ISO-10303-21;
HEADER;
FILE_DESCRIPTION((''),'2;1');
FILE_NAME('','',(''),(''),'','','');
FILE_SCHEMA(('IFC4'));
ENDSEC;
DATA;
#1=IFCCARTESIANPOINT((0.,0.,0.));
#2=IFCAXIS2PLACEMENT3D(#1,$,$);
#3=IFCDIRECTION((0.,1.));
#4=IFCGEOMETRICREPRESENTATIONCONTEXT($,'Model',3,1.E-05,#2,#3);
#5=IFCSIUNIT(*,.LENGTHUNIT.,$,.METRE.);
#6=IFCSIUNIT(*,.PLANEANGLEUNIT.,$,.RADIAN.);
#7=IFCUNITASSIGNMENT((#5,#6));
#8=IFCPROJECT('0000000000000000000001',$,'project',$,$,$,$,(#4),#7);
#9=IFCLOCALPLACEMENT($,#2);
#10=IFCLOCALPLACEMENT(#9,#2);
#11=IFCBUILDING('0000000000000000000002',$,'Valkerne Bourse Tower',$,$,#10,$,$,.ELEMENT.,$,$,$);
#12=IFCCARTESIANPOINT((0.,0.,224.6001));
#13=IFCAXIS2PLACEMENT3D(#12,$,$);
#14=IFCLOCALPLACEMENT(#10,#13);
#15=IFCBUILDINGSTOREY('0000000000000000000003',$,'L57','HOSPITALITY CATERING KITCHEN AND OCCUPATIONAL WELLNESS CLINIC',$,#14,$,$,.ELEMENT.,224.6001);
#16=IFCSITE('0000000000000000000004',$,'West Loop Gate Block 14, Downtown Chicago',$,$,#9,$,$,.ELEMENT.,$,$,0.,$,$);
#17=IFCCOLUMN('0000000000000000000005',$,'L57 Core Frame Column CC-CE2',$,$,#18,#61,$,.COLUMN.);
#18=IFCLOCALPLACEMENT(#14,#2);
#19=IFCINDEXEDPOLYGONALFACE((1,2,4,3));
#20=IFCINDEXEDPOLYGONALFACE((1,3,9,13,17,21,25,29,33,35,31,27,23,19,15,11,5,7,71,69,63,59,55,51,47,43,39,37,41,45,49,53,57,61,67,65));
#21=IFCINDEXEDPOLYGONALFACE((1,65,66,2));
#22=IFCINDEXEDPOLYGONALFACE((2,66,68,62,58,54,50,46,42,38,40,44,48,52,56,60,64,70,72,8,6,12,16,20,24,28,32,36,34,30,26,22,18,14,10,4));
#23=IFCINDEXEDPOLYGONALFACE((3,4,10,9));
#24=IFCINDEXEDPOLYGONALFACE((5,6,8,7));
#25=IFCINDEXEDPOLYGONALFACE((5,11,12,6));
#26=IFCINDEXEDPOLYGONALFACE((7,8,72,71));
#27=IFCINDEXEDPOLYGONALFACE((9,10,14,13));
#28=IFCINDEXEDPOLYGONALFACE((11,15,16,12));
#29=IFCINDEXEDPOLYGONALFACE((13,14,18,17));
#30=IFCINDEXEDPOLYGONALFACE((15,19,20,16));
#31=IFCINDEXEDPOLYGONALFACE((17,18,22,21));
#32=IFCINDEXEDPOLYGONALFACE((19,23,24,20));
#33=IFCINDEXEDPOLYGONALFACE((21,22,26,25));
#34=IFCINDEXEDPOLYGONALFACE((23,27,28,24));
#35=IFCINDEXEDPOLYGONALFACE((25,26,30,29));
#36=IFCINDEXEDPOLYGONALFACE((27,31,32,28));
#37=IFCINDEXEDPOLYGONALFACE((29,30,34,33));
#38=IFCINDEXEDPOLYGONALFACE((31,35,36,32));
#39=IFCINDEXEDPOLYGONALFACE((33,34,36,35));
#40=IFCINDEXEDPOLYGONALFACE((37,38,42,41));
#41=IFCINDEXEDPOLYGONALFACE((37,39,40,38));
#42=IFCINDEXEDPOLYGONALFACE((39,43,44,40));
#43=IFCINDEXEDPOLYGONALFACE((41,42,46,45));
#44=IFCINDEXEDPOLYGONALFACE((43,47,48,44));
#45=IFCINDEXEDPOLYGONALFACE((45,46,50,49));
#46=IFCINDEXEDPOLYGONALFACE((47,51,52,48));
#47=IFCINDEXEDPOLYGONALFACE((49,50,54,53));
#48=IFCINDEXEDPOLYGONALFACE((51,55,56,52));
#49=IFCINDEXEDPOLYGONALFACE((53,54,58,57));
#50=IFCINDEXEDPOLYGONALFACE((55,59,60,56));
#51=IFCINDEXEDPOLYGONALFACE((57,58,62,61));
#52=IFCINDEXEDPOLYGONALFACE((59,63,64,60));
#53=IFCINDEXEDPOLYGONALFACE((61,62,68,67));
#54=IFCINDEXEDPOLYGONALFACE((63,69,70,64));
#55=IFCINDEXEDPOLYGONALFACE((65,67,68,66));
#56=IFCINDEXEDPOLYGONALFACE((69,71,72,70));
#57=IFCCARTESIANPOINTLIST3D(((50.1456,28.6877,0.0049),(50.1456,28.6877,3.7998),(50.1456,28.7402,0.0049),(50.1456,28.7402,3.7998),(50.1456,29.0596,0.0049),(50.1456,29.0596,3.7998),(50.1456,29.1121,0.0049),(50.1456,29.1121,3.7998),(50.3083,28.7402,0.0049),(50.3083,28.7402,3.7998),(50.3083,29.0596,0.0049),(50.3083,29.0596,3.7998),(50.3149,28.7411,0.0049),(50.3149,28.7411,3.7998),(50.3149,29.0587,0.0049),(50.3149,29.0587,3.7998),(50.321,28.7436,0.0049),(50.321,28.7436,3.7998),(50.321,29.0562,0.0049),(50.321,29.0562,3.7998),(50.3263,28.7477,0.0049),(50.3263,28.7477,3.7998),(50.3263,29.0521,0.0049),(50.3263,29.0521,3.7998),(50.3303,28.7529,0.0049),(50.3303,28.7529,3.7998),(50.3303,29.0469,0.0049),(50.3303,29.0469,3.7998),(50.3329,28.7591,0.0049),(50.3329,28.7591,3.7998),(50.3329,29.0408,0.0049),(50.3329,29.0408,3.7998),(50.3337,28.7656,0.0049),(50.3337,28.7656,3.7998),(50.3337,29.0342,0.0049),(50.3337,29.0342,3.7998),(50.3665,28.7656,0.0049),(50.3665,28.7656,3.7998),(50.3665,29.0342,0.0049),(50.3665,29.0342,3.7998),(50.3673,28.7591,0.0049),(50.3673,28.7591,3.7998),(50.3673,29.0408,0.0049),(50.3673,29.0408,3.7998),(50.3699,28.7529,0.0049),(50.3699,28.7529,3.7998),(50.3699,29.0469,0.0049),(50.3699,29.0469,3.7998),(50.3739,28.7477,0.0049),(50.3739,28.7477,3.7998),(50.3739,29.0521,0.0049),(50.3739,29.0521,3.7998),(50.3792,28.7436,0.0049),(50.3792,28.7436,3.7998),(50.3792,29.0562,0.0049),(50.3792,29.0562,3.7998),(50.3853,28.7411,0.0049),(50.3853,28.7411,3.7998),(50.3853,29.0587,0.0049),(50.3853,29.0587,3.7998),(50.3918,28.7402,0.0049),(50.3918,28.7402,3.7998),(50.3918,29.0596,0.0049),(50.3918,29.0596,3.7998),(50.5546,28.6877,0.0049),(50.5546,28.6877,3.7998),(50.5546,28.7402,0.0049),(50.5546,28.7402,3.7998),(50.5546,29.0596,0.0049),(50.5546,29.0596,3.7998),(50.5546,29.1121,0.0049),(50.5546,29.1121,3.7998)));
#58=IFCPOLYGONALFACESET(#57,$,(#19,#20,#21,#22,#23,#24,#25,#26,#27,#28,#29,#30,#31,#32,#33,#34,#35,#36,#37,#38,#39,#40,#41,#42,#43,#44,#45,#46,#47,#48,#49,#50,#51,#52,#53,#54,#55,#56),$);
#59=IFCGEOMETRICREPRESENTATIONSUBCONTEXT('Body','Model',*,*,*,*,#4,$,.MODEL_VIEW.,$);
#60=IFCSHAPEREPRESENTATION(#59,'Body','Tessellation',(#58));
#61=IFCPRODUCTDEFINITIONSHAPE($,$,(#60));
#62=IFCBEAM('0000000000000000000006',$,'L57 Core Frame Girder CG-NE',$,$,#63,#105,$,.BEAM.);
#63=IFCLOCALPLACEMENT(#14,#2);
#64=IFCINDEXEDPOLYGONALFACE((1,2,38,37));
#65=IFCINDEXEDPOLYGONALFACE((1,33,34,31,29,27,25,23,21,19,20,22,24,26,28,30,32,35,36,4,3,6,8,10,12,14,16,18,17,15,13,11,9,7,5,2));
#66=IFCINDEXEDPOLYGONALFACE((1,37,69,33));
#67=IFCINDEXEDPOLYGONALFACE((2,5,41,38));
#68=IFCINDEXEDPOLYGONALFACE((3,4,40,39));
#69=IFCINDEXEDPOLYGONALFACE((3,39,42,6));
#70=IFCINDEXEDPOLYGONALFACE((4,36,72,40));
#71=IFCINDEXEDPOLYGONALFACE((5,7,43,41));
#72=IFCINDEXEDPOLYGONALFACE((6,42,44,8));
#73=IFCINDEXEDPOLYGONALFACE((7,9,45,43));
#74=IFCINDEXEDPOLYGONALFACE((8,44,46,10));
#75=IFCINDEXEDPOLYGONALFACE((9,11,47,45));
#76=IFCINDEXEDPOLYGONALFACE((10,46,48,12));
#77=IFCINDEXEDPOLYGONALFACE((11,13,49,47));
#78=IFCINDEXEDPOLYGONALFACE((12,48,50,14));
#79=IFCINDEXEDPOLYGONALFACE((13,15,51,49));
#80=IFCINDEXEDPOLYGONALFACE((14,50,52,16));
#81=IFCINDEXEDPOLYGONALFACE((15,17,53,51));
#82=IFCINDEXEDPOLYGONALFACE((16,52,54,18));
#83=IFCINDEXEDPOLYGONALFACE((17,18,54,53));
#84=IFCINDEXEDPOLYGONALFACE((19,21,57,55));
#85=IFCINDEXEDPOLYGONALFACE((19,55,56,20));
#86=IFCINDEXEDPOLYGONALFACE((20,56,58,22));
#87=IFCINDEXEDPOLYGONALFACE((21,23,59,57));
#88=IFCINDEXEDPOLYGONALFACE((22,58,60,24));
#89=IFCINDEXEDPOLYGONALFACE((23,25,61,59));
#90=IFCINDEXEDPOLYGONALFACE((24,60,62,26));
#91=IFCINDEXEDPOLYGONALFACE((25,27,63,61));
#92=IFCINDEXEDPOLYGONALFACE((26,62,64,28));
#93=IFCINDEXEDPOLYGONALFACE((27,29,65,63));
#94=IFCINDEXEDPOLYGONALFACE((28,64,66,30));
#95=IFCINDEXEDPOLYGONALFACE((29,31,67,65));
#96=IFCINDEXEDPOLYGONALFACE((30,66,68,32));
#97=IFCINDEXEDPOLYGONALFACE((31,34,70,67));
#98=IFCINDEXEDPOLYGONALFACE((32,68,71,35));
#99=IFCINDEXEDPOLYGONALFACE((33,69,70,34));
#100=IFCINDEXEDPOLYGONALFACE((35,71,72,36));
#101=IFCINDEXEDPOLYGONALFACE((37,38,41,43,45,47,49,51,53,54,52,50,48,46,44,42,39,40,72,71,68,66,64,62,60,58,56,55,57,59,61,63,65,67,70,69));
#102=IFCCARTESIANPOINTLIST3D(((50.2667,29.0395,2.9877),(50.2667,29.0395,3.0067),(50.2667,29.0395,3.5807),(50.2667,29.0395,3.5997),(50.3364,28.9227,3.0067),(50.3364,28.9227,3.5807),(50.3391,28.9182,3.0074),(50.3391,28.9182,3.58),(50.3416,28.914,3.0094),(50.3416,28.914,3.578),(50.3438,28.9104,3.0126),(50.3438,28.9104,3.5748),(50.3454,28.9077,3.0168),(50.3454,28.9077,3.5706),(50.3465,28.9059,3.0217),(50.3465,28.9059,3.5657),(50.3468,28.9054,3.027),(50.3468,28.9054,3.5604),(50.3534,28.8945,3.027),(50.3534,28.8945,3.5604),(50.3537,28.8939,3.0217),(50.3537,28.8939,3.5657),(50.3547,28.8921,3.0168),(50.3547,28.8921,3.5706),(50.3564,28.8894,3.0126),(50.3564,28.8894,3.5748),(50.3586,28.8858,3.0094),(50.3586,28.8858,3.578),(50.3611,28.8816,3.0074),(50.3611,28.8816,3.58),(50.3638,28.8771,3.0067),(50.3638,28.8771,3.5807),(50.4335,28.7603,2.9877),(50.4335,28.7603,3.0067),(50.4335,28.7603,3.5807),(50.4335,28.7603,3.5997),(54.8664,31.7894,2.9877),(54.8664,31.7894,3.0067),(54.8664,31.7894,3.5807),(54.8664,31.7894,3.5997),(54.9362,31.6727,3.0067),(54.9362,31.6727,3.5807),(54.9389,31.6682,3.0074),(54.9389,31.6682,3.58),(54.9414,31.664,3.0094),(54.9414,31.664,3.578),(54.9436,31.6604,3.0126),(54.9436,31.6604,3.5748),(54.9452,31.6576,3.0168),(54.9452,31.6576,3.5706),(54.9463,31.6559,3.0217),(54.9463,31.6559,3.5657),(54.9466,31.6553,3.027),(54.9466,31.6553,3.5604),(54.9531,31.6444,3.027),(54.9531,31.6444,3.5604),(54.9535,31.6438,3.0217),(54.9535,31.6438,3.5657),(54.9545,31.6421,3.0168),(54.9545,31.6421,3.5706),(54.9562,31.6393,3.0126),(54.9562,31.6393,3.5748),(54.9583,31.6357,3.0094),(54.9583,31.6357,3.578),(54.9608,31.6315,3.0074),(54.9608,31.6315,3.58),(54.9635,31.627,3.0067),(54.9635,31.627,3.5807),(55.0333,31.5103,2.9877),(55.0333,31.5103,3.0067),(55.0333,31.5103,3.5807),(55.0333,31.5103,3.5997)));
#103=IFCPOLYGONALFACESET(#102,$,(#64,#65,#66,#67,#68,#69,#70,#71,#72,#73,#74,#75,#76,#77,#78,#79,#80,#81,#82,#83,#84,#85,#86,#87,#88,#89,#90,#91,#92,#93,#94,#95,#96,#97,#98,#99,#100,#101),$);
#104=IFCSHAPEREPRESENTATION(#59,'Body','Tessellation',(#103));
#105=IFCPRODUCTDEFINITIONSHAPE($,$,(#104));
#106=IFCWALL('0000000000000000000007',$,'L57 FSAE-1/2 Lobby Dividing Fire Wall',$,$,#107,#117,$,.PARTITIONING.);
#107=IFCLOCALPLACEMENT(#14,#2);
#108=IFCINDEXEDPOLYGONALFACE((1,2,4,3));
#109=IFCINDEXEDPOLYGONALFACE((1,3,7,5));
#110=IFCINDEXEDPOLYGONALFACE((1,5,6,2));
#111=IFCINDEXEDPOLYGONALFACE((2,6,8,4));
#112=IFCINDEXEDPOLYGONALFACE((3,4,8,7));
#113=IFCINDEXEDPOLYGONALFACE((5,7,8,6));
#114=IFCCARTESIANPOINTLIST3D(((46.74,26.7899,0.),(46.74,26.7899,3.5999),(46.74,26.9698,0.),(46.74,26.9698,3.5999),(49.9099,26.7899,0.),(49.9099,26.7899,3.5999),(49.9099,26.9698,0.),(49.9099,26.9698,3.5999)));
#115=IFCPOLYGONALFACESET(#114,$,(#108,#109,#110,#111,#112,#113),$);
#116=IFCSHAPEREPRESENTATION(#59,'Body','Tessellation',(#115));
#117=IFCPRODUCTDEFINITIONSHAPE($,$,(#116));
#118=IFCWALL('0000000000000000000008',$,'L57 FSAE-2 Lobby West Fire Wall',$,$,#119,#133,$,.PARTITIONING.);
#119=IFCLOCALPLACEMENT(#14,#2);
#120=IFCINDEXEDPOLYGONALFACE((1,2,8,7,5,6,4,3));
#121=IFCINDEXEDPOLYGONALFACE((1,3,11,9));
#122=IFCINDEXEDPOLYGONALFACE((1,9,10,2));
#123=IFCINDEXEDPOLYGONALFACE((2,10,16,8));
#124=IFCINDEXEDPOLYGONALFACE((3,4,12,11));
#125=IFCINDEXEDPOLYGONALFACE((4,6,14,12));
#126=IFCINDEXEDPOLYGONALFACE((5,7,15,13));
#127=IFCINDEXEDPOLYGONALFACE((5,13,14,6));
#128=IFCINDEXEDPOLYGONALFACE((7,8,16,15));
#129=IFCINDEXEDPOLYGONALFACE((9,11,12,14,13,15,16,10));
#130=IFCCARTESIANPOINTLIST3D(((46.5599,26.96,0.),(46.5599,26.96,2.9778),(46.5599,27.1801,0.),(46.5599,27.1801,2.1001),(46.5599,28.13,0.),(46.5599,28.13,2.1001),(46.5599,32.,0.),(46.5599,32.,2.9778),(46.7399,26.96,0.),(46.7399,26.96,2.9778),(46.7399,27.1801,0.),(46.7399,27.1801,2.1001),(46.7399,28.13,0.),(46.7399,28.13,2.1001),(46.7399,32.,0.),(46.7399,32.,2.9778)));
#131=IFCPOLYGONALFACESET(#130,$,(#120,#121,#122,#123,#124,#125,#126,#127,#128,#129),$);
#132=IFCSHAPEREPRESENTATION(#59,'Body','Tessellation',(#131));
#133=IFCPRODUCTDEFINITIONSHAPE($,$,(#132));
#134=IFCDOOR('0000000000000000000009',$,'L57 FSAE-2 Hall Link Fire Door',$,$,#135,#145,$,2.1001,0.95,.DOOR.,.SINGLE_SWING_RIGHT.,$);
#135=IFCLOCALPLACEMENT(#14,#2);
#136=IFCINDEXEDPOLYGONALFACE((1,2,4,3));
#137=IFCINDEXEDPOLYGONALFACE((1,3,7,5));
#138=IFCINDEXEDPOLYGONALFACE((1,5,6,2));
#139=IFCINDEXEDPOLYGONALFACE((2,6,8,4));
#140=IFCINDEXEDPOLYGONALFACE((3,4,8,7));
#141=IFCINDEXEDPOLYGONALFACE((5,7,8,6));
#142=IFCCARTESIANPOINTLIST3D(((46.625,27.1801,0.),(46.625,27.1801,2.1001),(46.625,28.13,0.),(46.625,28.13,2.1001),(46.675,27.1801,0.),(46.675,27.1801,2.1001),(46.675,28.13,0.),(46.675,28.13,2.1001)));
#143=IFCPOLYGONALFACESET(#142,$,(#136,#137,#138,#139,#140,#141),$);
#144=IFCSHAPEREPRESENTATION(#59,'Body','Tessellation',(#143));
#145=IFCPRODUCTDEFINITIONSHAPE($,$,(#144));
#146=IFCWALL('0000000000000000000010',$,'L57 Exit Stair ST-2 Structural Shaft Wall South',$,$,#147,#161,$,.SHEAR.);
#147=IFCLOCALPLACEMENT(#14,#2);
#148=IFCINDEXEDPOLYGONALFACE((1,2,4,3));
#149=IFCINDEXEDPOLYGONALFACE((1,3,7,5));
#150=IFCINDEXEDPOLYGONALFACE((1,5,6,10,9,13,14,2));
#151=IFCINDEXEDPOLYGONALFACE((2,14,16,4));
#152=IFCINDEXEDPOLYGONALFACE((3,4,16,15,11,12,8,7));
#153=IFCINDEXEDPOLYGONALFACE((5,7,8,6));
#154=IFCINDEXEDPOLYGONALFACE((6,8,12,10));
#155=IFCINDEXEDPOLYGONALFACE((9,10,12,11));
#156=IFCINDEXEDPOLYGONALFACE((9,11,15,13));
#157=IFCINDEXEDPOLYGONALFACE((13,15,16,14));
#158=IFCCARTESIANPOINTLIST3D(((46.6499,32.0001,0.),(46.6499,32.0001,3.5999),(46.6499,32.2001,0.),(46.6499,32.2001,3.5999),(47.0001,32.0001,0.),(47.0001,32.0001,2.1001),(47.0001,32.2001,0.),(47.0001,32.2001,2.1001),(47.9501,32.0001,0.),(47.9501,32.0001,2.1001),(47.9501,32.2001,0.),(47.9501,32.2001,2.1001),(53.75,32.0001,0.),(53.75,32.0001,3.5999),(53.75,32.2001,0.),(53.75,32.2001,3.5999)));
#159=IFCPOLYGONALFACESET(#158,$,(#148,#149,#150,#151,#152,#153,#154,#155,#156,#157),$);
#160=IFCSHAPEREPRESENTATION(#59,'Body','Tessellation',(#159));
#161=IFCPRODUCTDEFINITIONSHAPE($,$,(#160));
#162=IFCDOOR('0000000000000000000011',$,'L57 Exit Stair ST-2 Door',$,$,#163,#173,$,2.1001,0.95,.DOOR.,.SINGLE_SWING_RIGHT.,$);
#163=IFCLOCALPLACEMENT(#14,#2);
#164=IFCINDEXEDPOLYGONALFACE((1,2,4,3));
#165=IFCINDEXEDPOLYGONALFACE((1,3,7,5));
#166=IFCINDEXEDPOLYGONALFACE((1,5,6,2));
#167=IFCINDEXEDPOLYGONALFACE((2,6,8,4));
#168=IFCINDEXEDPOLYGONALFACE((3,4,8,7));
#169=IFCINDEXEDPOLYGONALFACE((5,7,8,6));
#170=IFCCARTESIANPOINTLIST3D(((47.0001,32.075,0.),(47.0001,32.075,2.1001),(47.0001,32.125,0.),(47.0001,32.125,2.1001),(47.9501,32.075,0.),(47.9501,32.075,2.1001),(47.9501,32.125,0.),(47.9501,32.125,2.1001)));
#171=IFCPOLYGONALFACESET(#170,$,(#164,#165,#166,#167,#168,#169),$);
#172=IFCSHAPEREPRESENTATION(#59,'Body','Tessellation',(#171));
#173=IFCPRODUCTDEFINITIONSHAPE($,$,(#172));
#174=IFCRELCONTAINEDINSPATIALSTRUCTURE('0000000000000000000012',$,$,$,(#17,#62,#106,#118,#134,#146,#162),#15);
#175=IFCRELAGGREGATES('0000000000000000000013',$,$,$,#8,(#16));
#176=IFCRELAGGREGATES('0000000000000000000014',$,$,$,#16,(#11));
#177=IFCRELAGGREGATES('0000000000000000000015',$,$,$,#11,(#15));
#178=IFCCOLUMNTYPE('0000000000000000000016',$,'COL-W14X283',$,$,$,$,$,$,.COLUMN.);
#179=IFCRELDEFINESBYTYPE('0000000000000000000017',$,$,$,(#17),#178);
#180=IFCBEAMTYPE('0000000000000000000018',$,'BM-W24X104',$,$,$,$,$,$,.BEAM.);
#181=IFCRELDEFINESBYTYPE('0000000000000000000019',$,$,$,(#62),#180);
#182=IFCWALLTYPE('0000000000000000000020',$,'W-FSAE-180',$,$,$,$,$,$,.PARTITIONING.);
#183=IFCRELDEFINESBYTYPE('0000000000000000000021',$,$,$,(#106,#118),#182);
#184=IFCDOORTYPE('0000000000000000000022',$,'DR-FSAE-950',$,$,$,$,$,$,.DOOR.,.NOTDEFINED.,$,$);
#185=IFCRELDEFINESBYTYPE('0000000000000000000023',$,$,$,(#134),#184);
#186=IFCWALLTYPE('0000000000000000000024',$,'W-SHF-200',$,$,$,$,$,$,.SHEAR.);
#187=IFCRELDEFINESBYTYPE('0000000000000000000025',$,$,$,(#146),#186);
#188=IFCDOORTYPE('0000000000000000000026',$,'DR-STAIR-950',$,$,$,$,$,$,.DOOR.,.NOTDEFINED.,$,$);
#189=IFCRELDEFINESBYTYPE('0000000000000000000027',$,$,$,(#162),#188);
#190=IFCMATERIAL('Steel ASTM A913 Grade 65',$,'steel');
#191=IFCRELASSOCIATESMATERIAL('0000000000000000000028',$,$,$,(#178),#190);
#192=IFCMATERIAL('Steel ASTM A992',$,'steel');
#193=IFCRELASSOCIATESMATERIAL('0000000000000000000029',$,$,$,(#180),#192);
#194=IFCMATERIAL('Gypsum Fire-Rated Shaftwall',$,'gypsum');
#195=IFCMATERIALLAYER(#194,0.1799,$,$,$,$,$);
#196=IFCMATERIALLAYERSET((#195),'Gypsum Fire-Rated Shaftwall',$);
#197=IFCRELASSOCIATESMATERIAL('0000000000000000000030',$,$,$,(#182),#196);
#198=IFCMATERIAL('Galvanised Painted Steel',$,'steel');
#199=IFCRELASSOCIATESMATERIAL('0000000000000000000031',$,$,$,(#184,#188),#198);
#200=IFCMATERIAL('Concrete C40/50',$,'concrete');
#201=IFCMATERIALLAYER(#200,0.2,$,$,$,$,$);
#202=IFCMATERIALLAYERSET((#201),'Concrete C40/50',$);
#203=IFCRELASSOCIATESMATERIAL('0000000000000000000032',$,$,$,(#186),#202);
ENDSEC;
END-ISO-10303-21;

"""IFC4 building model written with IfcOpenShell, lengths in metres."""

from ifc_helpers import new_model, si_unit, direction, frame, frame_2d, origin, origin_2d, place, context, subcontext, project, spatial, rectangle, i_section, extrude, material, layer, layer_set, material_profile, profile_set, type_object, element, fill, save


model = new_model("IFC4")

# Units and contexts
model_context = context("Model", 3, precision=1e-05, world=origin(), true_north=direction((0.0, 1.0)))
body_context = subcontext(model_context, "Body", "Model", "MODEL_VIEW")
ifc_project = project(units=[si_unit("LENGTHUNIT", "METRE"), si_unit("PLANEANGLEUNIT", "RADIAN")], contexts=[model_context])

# Site, building, storey
site_placement = place(None, origin())
site = spatial("IfcSite", under=ifc_project, at=site_placement, Name="West Loop Gate Block 14, Downtown Chicago", CompositionType="ELEMENT", RefElevation=0.0)
building_placement = place(site_placement, origin())
building = spatial("IfcBuilding", under=site, at=building_placement, Name="Valkerne Bourse Tower", CompositionType="ELEMENT")
storey_placement = place(building_placement, frame((0.0, 0.0, 224.6001)))
storey = spatial("IfcBuildingStorey", under=building, at=storey_placement, Name="L57", Description="HOSPITALITY CATERING KITCHEN AND OCCUPATIONAL WELLNESS CLINIC", CompositionType="ELEMENT", Elevation=224.6001)

# Column
ifc_material_1 = material(Name="Steel ASTM A913 Grade 65", Category="steel")
ifc_material_profile_1 = material_profile(ifc_material_1, i_section(OverallWidth=0.4089, OverallDepth=0.4243, WebThickness=0.0327, FlangeThickness=0.0525, FilletRadius=0.0254, at=origin_2d()), Name="W14X283")
ifc_profile_set_1 = profile_set([ifc_material_profile_1], Name="Steel ASTM A913 Grade 65")
column_type = type_object("IfcColumnType", Name="COL-W14X283", PredefinedType="COLUMN", material=ifc_profile_set_1)
column_placement = place(storey_placement, frame((50.3501, 28.8999, 0.0049), z_axis=(0.0, 0.0, 1.0), x_axis=(1.0, 0.0, 0.0)))
element("IfcColumn", 1, at=column_placement, inside=storey, type_object=column_type, Name="L57 Core Frame Column CC-CE2", PredefinedType="COLUMN", context=body_context, shape_type="SweptSolid", body=[
    extrude(i_section(OverallWidth=0.4089, OverallDepth=0.4243, WebThickness=0.0327, FlangeThickness=0.0525, FilletRadius=0.0254, at=origin_2d()), origin(), (0.0, 0.0, 1.0), 3.7949),
])

# Beam
ifc_material_2 = material(Name="Steel ASTM A992", Category="steel")
ifc_material_profile_2 = material_profile(ifc_material_2, i_section(OverallWidth=0.3252, OverallDepth=0.6121, WebThickness=0.0127, FlangeThickness=0.019, FilletRadius=0.0203, at=origin_2d()), Name="W24X104")
ifc_profile_set_2 = profile_set([ifc_material_profile_2], Name="Steel ASTM A992")
beam_type = type_object("IfcBeamType", Name="BM-W24X104", PredefinedType="BEAM", material=ifc_profile_set_2)
beam_placement = place(storey_placement, frame((50.3501, 28.8999, 3.2937), z_axis=(0.858308, 0.513135, 0.0), x_axis=(-0.513135, 0.858308, 0.0)))
element("IfcBeam", 2, at=beam_placement, inside=storey, type_object=beam_type, Name="L57 Core Frame Girder CG-NE", PredefinedType="BEAM", context=body_context, shape_type="SweptSolid", body=[
    extrude(i_section(OverallWidth=0.3252, OverallDepth=0.6121, WebThickness=0.0127, FlangeThickness=0.019, FilletRadius=0.0203, at=origin_2d()), origin(), (0.0, 0.0, 1.0), 5.3591),
])

# Wall
ifc_material_3 = material(Name="Gypsum Fire-Rated Shaftwall", Category="gypsum")
ifc_layer_1 = layer(ifc_material_3, 0.1799)
ifc_layer_set_1 = layer_set([ifc_layer_1], Name="Gypsum Fire-Rated Shaftwall")
wall_type_1 = type_object("IfcWallType", Name="W-FSAE-180", PredefinedType="PARTITIONING", material=ifc_layer_set_1)
wall_1_placement = place(storey_placement, frame((46.74, 26.8799, 0.0), z_axis=(0.0, 0.0, 1.0), x_axis=(1.0, 0.0, 0.0)))
element("IfcWall", 3, at=wall_1_placement, inside=storey, type_object=wall_type_1, Name="L57 FSAE-1/2 Lobby Dividing Fire Wall", PredefinedType="PARTITIONING", context=body_context, shape_type="SweptSolid", body=[
    extrude(rectangle(XDim=3.1699, YDim=0.1799, at=frame_2d((1.585, 0.0))), origin(), (0.0, 0.0, 1.0), 3.5999),
])

# Wall, opening, door
wall_2_placement = place(storey_placement, frame((46.6499, 26.96, 0.0), z_axis=(0.0, 0.0, 1.0), x_axis=(0.0, 1.0, 0.0)))
wall_2 = element("IfcWall", 4, at=wall_2_placement, inside=storey, type_object=wall_type_1, Name="L57 FSAE-2 Lobby West Fire Wall", PredefinedType="PARTITIONING", context=body_context, shape_type="SweptSolid", body=[
    extrude(rectangle(XDim=5.04, YDim=0.1799, at=frame_2d((2.52, 0.0))), origin(), (0.0, 0.0, 1.0), 2.9778),
])
opening_1_placement = place(wall_2_placement, frame((0.22, 0.0, 0.0)))
opening_1 = element("IfcOpeningElement", 5, at=opening_1_placement, cuts=wall_2, PredefinedType="OPENING", context=body_context, shape_type="SweptSolid", body=[
    extrude(rectangle(XDim=0.95, YDim=2.1001, at=frame_2d((0.4751, 1.05))), frame((0.0, 0.0999, 0.0), z_axis=(0.0, -1.0, 0.0), x_axis=(1.0, 0.0, 0.0)), (0.0, 0.0, 1.0), 0.2),
])
ifc_material_4 = material(Name="Galvanised Painted Steel", Category="steel")
door_type_1 = type_object("IfcDoorType", Name="DR-FSAE-950", OperationType="NOTDEFINED", PredefinedType="DOOR", material=ifc_material_4)
door_1_placement = place(opening_1_placement, origin())
door_1 = element("IfcDoor", 6, at=door_1_placement, inside=storey, type_object=door_type_1, Name="L57 FSAE-2 Hall Link Fire Door", OperationType="SINGLE_SWING_RIGHT", OverallHeight=2.1001, OverallWidth=0.95, PredefinedType="DOOR", context=body_context, shape_type="SweptSolid", body=[
    extrude(rectangle(XDim=0.95, YDim=2.1001, at=frame_2d((0.4751, 1.05))), frame((0.0, 0.0249, 0.0), z_axis=(0.0, -1.0, 0.0), x_axis=(1.0, 0.0, 0.0)), (0.0, 0.0, 1.0), 0.05),
])
fill(opening_1, door_1)

# Wall, opening, door
ifc_material_5 = material(Name="Concrete C40/50", Category="concrete")
ifc_layer_2 = layer(ifc_material_5, 0.2)
ifc_layer_set_2 = layer_set([ifc_layer_2], Name="Concrete C40/50")
wall_type_2 = type_object("IfcWallType", Name="W-SHF-200", PredefinedType="SHEAR", material=ifc_layer_set_2)
wall_3_placement = place(storey_placement, frame((46.6499, 32.1001, 0.0), z_axis=(0.0, 0.0, 1.0), x_axis=(1.0, 0.0, 0.0)))
wall_3 = element("IfcWall", 7, at=wall_3_placement, inside=storey, type_object=wall_type_2, Name="L57 Exit Stair ST-2 Structural Shaft Wall South", PredefinedType="SHEAR", context=body_context, shape_type="SweptSolid", body=[
    extrude(rectangle(XDim=7.1001, YDim=0.2, at=frame_2d((3.55, 0.0))), origin(), (0.0, 0.0, 1.0), 3.5999),
])
opening_2_placement = place(wall_3_placement, frame((0.3501, 0.0, 0.0)))
opening_2 = element("IfcOpeningElement", 8, at=opening_2_placement, cuts=wall_3, PredefinedType="OPENING", context=body_context, shape_type="SweptSolid", body=[
    extrude(rectangle(XDim=0.95, YDim=2.1001, at=frame_2d((0.4751, 1.05))), frame((0.0, 0.1099, 0.0), z_axis=(0.0, -1.0, 0.0), x_axis=(1.0, 0.0, 0.0)), (0.0, 0.0, 1.0), 0.22),
])
door_type_2 = type_object("IfcDoorType", Name="DR-STAIR-950", OperationType="NOTDEFINED", PredefinedType="DOOR", material=ifc_material_4)
door_2_placement = place(opening_2_placement, origin())
door_2 = element("IfcDoor", 9, at=door_2_placement, inside=storey, type_object=door_type_2, Name="L57 Exit Stair ST-2 Door", OperationType="SINGLE_SWING_RIGHT", OverallHeight=2.1001, OverallWidth=0.95, PredefinedType="DOOR", context=body_context, shape_type="SweptSolid", body=[
    extrude(rectangle(XDim=0.95, YDim=2.1001, at=frame_2d((0.4751, 1.05))), frame((0.0, 0.0249, 0.0), z_axis=(0.0, -1.0, 0.0), x_axis=(1.0, 0.0, 0.0)), (0.0, 0.0, 1.0), 0.05),
])
fill(opening_2, door_2)

save(model, "model.ifc")
